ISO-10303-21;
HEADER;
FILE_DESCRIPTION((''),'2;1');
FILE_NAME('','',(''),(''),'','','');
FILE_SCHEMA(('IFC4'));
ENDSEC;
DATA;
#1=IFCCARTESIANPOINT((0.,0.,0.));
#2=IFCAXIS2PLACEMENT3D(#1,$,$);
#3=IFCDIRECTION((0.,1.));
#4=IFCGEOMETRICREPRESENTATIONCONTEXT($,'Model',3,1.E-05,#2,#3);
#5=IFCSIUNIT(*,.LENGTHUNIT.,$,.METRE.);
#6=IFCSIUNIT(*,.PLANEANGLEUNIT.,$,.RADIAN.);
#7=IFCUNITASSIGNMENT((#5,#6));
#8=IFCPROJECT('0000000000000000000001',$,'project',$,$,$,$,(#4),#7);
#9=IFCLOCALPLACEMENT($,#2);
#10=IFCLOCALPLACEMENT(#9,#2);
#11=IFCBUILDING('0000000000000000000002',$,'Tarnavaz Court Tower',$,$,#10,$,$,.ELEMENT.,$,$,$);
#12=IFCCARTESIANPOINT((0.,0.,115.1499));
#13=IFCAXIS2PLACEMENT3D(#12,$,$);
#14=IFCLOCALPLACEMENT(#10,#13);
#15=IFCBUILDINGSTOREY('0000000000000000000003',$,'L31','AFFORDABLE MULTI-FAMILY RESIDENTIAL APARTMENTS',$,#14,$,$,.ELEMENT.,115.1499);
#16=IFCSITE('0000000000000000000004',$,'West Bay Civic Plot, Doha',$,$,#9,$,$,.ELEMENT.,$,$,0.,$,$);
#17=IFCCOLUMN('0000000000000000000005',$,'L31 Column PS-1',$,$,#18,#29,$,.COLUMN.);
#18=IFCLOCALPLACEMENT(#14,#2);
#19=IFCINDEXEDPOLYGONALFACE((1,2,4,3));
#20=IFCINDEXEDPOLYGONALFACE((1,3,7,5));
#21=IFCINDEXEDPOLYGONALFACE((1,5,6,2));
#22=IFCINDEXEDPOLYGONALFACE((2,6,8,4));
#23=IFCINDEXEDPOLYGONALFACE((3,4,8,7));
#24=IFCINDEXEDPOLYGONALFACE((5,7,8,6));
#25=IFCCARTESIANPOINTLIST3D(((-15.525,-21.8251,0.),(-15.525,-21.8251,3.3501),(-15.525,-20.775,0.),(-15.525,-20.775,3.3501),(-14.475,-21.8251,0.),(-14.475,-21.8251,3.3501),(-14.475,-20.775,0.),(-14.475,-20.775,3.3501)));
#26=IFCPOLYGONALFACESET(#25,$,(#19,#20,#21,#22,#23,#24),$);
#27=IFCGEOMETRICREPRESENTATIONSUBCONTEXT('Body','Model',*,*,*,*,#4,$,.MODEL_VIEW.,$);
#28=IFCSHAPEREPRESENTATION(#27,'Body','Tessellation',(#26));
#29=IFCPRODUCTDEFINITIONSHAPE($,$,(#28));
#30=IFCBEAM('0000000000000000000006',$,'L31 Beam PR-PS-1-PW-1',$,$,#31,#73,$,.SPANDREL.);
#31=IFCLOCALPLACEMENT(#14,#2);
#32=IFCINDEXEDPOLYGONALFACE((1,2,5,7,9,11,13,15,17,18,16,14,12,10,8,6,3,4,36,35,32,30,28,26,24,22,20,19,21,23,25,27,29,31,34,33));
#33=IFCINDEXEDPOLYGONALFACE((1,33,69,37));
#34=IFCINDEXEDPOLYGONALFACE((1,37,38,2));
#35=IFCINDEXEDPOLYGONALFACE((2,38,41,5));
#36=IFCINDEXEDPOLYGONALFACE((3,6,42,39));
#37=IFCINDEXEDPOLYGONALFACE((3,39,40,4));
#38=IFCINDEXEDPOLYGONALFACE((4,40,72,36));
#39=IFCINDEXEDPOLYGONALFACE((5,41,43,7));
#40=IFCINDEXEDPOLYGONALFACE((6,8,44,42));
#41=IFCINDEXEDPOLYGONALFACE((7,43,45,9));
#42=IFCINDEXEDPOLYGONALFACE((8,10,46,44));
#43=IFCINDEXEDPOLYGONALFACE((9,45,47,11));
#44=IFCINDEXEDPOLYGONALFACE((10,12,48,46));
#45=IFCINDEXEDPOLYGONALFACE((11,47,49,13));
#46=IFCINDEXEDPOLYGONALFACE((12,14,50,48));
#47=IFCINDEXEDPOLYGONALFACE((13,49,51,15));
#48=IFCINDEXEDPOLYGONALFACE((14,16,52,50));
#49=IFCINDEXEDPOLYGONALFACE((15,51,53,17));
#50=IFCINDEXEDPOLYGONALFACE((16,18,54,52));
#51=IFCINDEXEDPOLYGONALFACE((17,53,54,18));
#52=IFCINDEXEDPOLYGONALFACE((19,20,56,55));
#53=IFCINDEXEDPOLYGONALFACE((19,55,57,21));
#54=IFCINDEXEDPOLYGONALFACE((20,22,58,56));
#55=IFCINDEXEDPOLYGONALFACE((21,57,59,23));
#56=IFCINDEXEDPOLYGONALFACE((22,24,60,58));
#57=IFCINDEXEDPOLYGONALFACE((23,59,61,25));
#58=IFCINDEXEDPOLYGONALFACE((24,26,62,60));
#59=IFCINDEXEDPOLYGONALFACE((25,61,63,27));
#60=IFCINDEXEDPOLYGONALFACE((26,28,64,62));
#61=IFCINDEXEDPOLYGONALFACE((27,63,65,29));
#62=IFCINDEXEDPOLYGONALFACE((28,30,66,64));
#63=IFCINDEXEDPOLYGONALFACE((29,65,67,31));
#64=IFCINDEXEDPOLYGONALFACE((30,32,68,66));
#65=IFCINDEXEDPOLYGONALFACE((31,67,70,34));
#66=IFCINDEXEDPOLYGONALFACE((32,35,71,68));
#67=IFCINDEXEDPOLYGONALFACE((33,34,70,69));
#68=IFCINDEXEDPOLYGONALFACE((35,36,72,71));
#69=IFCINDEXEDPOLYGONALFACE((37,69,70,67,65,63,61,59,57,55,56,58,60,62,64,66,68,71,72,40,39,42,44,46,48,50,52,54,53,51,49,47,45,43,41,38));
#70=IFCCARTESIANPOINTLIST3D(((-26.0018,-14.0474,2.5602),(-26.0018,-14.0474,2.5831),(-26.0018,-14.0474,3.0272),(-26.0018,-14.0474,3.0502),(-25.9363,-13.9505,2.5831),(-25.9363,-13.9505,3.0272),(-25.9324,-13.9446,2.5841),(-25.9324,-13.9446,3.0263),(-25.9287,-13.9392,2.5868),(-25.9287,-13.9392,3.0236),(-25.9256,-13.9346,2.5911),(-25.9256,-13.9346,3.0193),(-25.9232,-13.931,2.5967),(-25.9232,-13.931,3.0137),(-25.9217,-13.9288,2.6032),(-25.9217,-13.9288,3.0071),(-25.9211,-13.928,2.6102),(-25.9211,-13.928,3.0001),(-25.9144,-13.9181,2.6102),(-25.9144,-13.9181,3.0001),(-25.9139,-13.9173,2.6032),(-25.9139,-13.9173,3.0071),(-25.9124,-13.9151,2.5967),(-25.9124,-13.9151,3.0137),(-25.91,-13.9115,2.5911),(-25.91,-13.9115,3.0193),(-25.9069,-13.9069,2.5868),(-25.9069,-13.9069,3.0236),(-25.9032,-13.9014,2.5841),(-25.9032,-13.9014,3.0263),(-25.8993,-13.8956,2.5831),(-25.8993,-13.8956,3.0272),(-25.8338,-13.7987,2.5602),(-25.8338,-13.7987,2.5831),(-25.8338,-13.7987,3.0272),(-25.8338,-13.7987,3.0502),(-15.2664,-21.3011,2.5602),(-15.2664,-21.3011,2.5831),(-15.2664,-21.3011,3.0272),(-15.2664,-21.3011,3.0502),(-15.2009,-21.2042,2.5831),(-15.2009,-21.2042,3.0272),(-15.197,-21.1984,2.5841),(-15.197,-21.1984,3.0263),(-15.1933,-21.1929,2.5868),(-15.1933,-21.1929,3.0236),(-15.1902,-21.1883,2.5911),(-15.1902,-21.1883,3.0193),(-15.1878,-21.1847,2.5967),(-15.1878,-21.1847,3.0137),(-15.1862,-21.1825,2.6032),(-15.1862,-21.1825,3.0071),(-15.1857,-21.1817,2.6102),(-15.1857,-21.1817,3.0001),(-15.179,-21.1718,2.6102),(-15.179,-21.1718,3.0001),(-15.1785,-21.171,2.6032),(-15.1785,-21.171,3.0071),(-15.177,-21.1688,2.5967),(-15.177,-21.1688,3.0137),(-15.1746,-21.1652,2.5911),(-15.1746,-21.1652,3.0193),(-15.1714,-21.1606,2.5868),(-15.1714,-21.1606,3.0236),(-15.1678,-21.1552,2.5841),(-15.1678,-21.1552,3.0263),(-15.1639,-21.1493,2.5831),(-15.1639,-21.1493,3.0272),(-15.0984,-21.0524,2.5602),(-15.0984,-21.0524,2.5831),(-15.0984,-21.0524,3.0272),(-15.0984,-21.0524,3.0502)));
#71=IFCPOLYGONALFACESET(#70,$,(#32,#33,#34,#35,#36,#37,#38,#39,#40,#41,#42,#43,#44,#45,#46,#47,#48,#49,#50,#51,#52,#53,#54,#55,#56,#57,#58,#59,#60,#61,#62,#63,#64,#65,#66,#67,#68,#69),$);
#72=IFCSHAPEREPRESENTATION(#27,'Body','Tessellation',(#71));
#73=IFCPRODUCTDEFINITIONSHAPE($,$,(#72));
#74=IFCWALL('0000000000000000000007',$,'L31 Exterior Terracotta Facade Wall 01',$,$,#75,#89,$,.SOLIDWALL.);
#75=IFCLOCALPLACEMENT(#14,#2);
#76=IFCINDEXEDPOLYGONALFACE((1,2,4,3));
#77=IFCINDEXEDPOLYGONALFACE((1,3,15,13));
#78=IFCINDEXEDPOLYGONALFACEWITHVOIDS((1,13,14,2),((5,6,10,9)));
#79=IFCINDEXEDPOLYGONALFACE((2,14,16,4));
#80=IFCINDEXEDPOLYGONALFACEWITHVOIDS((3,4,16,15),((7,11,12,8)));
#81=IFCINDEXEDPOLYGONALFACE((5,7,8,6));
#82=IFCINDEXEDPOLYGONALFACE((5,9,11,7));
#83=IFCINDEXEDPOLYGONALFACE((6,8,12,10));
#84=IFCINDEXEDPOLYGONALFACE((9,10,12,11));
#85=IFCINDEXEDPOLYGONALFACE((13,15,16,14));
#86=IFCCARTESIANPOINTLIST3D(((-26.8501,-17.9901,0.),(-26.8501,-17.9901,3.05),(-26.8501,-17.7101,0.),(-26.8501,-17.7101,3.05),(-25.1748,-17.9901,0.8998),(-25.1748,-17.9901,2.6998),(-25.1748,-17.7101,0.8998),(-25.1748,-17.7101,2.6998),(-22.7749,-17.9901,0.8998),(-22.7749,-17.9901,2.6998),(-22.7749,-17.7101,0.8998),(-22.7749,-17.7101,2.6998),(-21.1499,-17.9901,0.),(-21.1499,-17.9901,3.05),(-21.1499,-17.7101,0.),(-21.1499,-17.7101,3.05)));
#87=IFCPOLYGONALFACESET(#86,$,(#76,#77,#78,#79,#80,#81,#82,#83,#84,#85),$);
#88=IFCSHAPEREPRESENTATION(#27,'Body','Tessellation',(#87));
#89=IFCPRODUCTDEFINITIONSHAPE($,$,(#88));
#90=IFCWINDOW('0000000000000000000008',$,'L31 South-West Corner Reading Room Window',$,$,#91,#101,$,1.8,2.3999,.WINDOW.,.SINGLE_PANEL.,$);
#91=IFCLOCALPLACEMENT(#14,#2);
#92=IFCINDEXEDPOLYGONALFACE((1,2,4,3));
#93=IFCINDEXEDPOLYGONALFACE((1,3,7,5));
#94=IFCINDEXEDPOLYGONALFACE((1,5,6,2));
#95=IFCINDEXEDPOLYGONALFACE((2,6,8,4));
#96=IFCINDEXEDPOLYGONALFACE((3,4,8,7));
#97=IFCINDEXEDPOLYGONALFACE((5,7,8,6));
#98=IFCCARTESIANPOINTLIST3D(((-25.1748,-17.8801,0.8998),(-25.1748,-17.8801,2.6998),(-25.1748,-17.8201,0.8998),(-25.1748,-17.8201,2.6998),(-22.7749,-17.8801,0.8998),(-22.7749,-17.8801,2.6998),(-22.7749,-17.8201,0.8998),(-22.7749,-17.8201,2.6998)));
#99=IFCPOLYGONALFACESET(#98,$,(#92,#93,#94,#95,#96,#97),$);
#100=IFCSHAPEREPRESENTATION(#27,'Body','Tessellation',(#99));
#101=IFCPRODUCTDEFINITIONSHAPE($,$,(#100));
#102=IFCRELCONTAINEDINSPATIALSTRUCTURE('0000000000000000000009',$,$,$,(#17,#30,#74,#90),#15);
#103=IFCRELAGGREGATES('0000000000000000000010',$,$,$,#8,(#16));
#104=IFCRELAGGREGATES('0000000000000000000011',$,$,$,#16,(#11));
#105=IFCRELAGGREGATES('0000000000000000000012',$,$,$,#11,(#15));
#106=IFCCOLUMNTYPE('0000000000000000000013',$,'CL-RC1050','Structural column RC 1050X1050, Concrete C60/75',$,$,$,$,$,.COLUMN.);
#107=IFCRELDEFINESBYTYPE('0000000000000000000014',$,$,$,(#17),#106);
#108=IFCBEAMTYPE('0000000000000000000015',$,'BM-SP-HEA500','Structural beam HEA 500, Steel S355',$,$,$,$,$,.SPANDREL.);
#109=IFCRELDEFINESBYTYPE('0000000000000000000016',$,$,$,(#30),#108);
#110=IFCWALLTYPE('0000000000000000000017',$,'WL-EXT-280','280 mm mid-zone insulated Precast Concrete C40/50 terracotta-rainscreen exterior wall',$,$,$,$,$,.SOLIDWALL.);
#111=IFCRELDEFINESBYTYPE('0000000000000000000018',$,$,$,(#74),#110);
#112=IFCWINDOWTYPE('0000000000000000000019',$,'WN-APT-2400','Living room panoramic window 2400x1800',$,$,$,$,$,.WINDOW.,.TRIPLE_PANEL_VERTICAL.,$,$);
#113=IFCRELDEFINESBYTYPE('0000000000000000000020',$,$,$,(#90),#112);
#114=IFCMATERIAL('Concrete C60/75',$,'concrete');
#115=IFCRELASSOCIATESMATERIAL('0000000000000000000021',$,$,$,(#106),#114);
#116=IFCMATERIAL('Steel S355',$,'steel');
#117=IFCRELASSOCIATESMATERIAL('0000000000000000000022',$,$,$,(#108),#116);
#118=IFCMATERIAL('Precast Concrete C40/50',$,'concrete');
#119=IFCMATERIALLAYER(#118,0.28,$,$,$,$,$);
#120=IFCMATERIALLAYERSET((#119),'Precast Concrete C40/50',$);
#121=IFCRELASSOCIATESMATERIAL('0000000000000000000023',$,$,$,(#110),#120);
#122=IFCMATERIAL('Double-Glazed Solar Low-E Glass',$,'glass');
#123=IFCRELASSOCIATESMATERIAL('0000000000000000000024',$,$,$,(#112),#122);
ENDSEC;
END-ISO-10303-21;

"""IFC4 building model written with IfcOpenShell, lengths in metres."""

from ifc_helpers import new_model, si_unit, direction, frame, frame_2d, origin, origin_2d, place, context, subcontext, project, spatial, rectangle, i_section, extrude, material, layer, layer_set, material_profile, profile_set, type_object, element, fill, save


model = new_model("IFC4")

# Units and contexts
model_context = context("Model", 3, precision=1e-05, world=origin(), true_north=direction((0.0, 1.0)))
body_context = subcontext(model_context, "Body", "Model", "MODEL_VIEW")
ifc_project = project(units=[si_unit("LENGTHUNIT", "METRE"), si_unit("PLANEANGLEUNIT", "RADIAN")], contexts=[model_context])

# Site, building, storey
site_placement = place(None, origin())
site = spatial("IfcSite", under=ifc_project, at=site_placement, Name="West Bay Civic Plot, Doha", CompositionType="ELEMENT", RefElevation=0.0)
building_placement = place(site_placement, origin())
building = spatial("IfcBuilding", under=site, at=building_placement, Name="Tarnavaz Court Tower", CompositionType="ELEMENT")
storey_placement = place(building_placement, frame((0.0, 0.0, 115.1499)))
storey = spatial("IfcBuildingStorey", under=building, at=storey_placement, Name="L31", Description="AFFORDABLE MULTI-FAMILY RESIDENTIAL APARTMENTS", CompositionType="ELEMENT", Elevation=115.1499)

# Column
ifc_material_1 = material(Name="Concrete C60/75", Category="concrete")
ifc_material_profile_1 = material_profile(ifc_material_1, rectangle(XDim=1.05, YDim=1.05, at=origin_2d()), Name="RC 1050X1050")
ifc_profile_set_1 = profile_set([ifc_material_profile_1], Name="Concrete C60/75")
column_type = type_object("IfcColumnType", Name="CL-RC1050", Description="Structural column RC 1050X1050, Concrete C60/75", PredefinedType="COLUMN", material=ifc_profile_set_1)
column_placement = place(storey_placement, frame((-15.0, -21.3, 0.0), z_axis=(0.0, 0.0, 1.0), x_axis=(1.0, 0.0, 0.0)))
element("IfcColumn", 1, at=column_placement, inside=storey, type_object=column_type, Name="L31 Column PS-1", PredefinedType="COLUMN", context=body_context, shape_type="SweptSolid", body=[
    extrude(rectangle(XDim=1.05, YDim=1.05, at=origin_2d()), origin(), (0.0, 0.0, 1.0), 3.3501),
])

# Beam
ifc_material_2 = material(Name="Steel S355", Category="steel")
ifc_material_profile_2 = material_profile(ifc_material_2, i_section(OverallWidth=0.3, OverallDepth=0.49, WebThickness=0.012, FlangeThickness=0.0229, FilletRadius=0.0271, at=origin_2d()), Name="HEA 500")
ifc_profile_set_2 = profile_set([ifc_material_profile_2], Name="Steel S355")
beam_type = type_object("IfcBeamType", Name="BM-SP-HEA500", Description="Structural beam HEA 500, Steel S355", PredefinedType="SPANDREL", material=ifc_profile_set_2)
beam_placement = place(storey_placement, frame((-15.1824, -21.1768, 2.8052), z_axis=(-0.828587, 0.55986, 0.0), x_axis=(-0.55986, -0.828587, 0.0)))
element("IfcBeam", 2, at=beam_placement, inside=storey, type_object=beam_type, Name="L31 Beam PR-PS-1-PW-1", PredefinedType="SPANDREL", context=body_context, shape_type="SweptSolid", body=[
    extrude(i_section(OverallWidth=0.3, OverallDepth=0.49, WebThickness=0.012, FlangeThickness=0.0229, FilletRadius=0.0271, at=origin_2d()), origin(), (0.0, 0.0, 1.0), 12.9563),
])

# Wall, opening, window
ifc_material_3 = material(Name="Precast Concrete C40/50", Category="concrete")
ifc_layer_1 = layer(ifc_material_3, 0.28)
ifc_layer_set_1 = layer_set([ifc_layer_1], Name="Precast Concrete C40/50")
wall_type_1 = type_object("IfcWallType", Name="WL-EXT-280", Description="280 mm mid-zone insulated Precast Concrete C40/50 terracotta-rainscreen exterior wall", PredefinedType="SOLIDWALL", material=ifc_layer_set_1)
wall_1_placement = place(storey_placement, frame((-21.1499, -17.8501, 0.0), z_axis=(0.0, 0.0, 1.0), x_axis=(-1.0, 0.0, 0.0)))
wall_1 = element("IfcWall", 3, at=wall_1_placement, inside=storey, type_object=wall_type_1, Name="L31 Exterior Terracotta Facade Wall 01", PredefinedType="SOLIDWALL", context=body_context, shape_type="SweptSolid", body=[
    extrude(rectangle(XDim=5.7002, YDim=0.28, at=frame_2d((2.8501, 0.0))), origin(), (0.0, 0.0, 1.0), 3.05),
])
opening_1_placement = place(wall_1_placement, frame((1.625, 0.0, 0.8999)))
opening_1 = element("IfcOpeningElement", 4, at=opening_1_placement, cuts=wall_1, PredefinedType="OPENING", context=body_context, shape_type="SweptSolid", body=[
    extrude(rectangle(XDim=2.3999, YDim=1.8, at=frame_2d((1.2, 0.8999))), frame((0.0, 0.1499, 0.0), z_axis=(0.0, -1.0, 0.0), x_axis=(1.0, 0.0, 0.0)), (0.0, 0.0, 1.0), 0.3),
])
ifc_material_4 = material(Name="Double-Glazed Solar Low-E Glass", Category="glass")
window_type_1 = type_object("IfcWindowType", Name="WN-APT-2400", Description="Living room panoramic window 2400x1800", PartitioningType="TRIPLE_PANEL_VERTICAL", PredefinedType="WINDOW", material=ifc_material_4)
window_1_placement = place(opening_1_placement, origin())
window_1 = element("IfcWindow", 5, at=window_1_placement, inside=storey, type_object=window_type_1, Name="L31 South-West Corner Reading Room Window", OverallHeight=1.8, OverallWidth=2.3999, PartitioningType="SINGLE_PANEL", PredefinedType="WINDOW", context=body_context, shape_type="SweptSolid", body=[
    extrude(rectangle(XDim=2.3999, YDim=1.8, at=frame_2d((1.2, 0.8999))), frame((0.0, 0.03, 0.0), z_axis=(0.0, -1.0, 0.0), x_axis=(1.0, 0.0, 0.0)), (0.0, 0.0, 1.0), 0.0601),
])
fill(opening_1, window_1)

save(model, "model.ifc")
